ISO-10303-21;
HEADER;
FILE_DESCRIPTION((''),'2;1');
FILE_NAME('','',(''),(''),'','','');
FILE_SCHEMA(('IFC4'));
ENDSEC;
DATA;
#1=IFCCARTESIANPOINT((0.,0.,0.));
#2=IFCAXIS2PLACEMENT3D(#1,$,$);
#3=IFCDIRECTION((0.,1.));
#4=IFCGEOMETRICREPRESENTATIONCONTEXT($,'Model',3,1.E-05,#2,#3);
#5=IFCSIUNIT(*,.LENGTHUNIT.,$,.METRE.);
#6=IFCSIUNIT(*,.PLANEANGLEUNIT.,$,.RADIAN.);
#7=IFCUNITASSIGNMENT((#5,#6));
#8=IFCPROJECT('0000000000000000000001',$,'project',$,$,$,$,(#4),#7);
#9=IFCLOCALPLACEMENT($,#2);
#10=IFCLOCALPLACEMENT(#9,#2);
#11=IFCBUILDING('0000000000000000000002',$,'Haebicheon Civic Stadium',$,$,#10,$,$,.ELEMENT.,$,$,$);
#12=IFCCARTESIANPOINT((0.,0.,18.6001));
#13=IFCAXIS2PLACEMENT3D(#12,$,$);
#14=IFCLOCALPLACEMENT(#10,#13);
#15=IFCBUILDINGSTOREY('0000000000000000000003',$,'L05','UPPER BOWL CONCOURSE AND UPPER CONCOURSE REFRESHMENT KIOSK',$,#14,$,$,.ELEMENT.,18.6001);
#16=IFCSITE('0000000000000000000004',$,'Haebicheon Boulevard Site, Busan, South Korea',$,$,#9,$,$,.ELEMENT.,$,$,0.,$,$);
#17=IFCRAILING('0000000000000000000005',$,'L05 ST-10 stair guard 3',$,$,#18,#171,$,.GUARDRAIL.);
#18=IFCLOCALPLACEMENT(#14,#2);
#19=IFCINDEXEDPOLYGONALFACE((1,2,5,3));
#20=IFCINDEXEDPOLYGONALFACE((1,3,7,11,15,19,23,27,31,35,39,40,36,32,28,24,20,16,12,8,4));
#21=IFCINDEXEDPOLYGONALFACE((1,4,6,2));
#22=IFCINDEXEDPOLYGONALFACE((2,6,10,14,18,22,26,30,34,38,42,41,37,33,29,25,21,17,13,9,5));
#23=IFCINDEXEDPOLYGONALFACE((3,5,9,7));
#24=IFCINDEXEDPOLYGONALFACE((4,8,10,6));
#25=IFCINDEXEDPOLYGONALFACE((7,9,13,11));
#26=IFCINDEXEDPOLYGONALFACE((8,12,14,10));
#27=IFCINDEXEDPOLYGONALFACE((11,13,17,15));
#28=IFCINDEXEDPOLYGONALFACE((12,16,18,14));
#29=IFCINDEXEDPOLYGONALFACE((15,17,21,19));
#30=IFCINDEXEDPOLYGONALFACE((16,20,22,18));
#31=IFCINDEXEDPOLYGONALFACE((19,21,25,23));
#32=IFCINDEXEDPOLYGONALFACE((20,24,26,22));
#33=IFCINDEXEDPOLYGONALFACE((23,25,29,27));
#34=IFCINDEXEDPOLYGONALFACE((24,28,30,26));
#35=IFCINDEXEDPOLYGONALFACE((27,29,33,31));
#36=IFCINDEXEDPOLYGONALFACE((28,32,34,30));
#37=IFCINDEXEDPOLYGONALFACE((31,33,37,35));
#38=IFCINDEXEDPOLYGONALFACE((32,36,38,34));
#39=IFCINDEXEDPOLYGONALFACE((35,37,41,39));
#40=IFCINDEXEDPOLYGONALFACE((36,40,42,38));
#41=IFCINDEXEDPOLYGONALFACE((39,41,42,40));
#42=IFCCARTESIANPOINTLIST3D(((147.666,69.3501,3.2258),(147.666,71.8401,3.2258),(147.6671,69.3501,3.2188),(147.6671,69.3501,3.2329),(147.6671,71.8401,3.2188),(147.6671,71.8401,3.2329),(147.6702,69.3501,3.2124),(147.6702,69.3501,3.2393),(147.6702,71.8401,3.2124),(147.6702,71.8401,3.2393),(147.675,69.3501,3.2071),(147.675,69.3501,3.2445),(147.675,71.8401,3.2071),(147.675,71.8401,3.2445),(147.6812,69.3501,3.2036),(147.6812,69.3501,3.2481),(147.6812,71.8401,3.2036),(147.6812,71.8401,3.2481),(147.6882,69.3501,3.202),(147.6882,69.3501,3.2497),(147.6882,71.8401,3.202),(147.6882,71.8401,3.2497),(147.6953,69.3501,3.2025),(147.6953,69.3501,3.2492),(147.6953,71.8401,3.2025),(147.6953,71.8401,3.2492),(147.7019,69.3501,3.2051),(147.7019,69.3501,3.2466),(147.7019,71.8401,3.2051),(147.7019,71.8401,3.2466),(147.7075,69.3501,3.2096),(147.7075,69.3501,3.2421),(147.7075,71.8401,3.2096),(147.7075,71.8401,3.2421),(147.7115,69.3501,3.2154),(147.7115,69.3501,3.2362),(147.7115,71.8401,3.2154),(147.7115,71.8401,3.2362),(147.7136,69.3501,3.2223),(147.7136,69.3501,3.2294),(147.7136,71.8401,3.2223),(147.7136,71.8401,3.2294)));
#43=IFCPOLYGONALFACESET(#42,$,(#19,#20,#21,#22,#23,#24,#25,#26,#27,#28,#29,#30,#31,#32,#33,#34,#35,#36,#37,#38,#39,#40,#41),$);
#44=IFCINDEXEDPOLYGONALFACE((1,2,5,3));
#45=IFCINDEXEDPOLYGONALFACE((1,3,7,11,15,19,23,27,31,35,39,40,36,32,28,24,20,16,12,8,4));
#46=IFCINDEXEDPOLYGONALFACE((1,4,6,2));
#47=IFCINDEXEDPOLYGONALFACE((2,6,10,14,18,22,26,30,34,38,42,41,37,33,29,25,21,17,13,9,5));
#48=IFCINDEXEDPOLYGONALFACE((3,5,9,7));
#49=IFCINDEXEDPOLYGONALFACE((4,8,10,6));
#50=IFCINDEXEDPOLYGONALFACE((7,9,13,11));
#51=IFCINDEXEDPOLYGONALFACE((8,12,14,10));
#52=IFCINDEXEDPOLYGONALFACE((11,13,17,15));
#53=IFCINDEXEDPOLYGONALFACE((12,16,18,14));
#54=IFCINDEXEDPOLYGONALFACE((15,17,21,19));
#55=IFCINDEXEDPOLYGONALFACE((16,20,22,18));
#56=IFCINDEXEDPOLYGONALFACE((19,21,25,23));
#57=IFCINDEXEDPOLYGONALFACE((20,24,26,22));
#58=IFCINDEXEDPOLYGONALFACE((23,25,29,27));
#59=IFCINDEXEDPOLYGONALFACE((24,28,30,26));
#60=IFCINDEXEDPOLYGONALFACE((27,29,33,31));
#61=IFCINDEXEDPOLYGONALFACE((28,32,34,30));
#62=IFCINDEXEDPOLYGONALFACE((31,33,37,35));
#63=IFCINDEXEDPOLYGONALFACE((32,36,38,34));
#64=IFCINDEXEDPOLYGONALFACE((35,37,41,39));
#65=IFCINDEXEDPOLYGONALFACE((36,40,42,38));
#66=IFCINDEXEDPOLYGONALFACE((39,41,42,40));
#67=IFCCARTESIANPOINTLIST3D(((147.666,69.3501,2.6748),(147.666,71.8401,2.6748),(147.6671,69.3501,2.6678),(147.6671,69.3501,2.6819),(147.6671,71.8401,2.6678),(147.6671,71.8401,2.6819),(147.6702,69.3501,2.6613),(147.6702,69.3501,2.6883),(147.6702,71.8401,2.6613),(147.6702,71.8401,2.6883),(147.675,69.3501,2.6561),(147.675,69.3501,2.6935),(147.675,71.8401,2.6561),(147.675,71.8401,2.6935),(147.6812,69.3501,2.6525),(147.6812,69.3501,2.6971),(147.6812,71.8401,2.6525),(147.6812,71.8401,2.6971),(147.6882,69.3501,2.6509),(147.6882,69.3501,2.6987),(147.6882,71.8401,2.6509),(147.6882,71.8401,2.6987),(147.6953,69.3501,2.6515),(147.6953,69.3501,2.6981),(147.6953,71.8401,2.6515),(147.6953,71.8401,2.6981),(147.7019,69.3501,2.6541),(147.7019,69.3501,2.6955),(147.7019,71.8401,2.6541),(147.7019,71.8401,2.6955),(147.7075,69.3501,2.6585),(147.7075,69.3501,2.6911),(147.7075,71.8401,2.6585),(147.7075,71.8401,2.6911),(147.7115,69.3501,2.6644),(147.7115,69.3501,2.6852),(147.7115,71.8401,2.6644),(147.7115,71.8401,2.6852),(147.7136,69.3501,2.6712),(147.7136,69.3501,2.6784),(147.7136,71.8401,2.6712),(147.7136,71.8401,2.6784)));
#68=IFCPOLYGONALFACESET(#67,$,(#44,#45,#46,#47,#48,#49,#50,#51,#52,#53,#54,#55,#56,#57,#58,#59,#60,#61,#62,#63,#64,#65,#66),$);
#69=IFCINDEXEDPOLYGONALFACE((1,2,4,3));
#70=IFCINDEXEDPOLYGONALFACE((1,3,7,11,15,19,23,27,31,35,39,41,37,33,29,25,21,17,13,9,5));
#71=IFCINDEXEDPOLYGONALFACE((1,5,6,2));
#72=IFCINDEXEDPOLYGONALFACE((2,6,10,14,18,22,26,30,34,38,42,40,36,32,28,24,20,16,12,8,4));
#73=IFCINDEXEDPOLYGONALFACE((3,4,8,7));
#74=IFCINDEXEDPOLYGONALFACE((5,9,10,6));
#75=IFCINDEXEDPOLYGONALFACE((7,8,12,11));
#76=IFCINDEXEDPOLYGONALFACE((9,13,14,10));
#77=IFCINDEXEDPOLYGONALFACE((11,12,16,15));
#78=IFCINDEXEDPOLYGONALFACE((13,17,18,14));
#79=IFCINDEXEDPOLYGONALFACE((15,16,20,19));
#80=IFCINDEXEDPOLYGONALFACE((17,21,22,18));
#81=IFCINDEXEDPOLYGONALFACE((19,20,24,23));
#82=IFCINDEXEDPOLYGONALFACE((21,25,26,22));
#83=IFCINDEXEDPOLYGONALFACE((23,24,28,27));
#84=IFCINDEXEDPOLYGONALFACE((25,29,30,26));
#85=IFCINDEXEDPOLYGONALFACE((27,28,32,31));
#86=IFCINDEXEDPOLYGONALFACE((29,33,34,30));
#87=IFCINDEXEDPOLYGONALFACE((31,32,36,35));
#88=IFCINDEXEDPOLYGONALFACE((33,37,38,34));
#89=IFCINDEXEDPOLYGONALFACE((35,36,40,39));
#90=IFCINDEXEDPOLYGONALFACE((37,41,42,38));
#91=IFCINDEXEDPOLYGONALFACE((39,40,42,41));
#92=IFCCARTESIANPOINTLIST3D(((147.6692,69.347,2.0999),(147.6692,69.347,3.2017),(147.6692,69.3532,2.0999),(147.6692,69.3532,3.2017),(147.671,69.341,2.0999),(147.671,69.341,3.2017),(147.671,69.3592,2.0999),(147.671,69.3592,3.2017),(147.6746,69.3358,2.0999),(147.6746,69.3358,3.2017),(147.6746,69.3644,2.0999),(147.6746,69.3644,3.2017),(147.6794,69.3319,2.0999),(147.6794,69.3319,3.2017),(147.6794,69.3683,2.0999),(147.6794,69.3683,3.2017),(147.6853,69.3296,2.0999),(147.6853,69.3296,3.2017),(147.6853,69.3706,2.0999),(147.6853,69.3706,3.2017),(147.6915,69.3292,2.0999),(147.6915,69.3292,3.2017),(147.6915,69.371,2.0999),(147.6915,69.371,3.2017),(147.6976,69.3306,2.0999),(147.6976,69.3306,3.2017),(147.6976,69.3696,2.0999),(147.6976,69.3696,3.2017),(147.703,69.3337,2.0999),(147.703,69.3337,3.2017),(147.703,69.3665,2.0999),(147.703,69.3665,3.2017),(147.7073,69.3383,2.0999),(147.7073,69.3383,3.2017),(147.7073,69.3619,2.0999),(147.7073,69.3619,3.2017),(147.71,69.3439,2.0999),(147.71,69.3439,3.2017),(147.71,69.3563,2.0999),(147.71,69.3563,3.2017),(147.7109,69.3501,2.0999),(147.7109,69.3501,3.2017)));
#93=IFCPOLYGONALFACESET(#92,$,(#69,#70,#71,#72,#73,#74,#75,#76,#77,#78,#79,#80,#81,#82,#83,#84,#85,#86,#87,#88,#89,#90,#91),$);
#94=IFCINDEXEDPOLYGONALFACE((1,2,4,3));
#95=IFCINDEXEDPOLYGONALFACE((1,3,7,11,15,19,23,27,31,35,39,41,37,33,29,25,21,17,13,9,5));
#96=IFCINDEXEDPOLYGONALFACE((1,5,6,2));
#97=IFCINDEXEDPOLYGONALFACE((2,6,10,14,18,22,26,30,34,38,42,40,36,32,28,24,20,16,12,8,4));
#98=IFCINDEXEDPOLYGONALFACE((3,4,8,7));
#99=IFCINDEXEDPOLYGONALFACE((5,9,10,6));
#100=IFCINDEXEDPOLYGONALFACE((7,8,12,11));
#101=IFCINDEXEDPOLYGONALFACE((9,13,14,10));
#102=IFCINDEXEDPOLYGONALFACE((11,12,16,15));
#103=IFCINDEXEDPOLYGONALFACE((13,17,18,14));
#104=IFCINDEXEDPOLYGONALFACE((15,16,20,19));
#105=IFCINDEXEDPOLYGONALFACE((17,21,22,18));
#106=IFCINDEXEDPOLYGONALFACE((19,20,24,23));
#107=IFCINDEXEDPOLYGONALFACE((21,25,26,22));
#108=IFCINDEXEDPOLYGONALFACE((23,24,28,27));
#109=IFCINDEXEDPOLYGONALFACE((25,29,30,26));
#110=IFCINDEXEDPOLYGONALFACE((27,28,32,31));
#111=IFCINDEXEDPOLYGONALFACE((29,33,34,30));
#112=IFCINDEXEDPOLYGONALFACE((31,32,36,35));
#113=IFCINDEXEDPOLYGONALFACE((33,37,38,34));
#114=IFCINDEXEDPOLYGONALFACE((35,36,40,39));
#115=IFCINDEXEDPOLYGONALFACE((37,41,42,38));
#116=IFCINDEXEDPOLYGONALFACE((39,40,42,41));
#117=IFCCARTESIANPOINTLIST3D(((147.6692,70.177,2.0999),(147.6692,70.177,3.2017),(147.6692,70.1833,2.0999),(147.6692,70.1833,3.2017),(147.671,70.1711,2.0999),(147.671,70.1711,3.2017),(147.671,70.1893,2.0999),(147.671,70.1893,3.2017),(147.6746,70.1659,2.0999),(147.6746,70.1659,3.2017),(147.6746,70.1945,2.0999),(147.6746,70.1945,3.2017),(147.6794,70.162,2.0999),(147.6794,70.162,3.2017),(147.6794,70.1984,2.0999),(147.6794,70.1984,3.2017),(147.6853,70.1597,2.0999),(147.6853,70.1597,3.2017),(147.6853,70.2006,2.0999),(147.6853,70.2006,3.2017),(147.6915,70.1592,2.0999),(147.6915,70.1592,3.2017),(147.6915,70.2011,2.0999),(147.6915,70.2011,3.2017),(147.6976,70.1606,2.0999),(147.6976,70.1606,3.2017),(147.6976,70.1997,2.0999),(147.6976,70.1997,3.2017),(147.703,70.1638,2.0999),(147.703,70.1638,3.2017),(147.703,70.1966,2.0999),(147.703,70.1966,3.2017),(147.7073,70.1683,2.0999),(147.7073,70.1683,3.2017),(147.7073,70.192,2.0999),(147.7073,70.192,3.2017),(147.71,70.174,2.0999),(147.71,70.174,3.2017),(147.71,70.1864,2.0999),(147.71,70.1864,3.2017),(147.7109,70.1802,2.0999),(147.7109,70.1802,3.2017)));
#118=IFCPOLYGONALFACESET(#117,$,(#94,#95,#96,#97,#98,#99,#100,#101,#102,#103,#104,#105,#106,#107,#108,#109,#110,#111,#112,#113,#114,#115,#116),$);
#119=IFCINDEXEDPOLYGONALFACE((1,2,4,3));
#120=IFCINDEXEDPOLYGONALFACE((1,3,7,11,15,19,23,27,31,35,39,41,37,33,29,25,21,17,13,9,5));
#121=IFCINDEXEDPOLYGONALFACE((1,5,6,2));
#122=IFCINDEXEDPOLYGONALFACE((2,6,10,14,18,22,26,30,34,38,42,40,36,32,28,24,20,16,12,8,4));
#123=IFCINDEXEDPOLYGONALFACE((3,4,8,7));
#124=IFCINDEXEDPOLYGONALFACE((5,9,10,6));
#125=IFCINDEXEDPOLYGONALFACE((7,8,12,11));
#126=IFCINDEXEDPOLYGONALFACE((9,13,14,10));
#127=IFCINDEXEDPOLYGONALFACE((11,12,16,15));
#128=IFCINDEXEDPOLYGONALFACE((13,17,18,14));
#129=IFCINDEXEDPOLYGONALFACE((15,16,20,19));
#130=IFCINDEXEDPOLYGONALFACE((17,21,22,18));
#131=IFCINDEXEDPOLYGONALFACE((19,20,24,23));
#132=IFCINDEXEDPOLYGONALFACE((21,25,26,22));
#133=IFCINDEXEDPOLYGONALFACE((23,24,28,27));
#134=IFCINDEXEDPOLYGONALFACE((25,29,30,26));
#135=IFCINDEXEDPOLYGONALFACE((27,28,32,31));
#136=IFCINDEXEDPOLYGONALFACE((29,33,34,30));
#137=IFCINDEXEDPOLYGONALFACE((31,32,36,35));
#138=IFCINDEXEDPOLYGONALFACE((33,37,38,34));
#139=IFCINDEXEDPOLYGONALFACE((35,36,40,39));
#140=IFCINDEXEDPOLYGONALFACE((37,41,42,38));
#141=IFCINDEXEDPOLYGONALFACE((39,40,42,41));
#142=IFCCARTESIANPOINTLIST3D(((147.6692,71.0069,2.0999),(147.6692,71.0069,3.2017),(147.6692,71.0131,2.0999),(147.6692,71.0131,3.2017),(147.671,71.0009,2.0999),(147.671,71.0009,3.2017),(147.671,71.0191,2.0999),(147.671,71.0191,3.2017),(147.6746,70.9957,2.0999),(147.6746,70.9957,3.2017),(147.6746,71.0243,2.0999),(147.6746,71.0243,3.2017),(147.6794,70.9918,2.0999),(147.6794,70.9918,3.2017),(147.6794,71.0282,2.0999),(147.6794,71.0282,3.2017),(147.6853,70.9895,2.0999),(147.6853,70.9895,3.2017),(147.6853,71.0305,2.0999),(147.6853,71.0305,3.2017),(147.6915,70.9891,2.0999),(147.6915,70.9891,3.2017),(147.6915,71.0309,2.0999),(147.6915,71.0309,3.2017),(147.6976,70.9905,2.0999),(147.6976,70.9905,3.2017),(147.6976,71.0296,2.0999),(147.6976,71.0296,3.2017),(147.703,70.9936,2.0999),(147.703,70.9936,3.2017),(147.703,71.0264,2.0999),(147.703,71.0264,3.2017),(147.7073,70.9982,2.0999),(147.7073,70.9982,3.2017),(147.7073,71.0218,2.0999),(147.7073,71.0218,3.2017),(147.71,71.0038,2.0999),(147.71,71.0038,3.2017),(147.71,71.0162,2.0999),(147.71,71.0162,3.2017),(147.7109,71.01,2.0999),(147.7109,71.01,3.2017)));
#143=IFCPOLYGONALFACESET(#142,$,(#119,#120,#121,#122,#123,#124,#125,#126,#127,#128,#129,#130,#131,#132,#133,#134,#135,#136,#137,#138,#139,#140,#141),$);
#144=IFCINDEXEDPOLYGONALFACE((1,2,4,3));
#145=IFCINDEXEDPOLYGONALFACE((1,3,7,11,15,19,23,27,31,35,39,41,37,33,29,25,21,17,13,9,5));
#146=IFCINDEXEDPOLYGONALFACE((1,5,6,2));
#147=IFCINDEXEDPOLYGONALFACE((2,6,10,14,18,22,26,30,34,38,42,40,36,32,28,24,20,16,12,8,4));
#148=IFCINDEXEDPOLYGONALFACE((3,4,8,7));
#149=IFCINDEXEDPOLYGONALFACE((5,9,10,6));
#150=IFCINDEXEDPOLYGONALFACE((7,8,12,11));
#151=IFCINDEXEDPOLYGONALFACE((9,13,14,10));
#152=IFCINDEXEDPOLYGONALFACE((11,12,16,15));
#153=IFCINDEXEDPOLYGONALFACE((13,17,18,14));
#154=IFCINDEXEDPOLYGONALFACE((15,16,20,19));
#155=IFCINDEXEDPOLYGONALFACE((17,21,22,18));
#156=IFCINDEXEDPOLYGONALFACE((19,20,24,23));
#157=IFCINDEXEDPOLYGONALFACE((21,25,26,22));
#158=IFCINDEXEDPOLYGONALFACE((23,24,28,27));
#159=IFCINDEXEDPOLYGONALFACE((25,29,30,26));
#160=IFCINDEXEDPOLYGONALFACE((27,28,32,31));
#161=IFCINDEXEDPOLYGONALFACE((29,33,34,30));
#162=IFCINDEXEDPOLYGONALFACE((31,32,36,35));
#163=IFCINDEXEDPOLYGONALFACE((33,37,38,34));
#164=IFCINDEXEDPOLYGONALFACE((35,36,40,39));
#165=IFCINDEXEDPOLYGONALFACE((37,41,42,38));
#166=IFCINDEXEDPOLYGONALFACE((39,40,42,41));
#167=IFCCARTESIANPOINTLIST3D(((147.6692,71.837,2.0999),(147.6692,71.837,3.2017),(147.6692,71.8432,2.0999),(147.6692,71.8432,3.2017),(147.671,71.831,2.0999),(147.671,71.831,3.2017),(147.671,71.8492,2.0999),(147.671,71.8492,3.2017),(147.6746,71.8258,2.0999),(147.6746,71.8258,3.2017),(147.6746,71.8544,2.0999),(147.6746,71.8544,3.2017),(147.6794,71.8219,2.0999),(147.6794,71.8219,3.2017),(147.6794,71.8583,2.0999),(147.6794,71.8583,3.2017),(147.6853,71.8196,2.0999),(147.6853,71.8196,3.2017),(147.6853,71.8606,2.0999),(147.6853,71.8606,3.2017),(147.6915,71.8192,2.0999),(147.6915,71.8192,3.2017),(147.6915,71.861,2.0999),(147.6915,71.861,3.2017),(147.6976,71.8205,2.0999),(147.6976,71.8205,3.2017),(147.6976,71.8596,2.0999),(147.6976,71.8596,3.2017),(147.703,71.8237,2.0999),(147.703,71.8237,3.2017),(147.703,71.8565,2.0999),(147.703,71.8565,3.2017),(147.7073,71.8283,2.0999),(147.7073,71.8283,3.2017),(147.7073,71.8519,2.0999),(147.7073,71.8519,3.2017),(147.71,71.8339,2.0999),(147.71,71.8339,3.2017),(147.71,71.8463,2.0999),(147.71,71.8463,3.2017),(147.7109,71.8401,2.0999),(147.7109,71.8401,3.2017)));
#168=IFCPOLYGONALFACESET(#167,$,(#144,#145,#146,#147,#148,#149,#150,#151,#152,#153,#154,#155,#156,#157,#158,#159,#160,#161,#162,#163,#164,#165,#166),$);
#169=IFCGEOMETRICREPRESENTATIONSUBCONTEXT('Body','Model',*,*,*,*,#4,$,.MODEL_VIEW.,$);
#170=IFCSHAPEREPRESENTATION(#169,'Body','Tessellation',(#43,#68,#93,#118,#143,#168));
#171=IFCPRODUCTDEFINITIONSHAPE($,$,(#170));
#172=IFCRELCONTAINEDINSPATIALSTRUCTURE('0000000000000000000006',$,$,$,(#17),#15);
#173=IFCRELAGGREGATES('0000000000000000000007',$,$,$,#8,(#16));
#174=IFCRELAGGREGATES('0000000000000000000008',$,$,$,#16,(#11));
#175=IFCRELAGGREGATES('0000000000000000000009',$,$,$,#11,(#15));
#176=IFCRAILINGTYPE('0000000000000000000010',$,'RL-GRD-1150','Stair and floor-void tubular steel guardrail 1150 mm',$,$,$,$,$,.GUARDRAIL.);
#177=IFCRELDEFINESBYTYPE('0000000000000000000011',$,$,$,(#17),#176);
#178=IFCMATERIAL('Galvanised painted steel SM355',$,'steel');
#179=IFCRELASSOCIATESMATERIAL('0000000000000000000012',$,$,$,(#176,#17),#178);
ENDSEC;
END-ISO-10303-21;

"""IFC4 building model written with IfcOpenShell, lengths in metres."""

from ifc_helpers import new_model, si_unit, direction, frame, origin, origin_2d, place, context, subcontext, project, spatial, circle, extrude, material, type_object, element, save


model = new_model("IFC4")

# Units and contexts
model_context = context("Model", 3, precision=1e-05, world=origin(), true_north=direction((0.0, 1.0)))
body_context = subcontext(model_context, "Body", "Model", "MODEL_VIEW")
ifc_project = project(units=[si_unit("LENGTHUNIT", "METRE"), si_unit("PLANEANGLEUNIT", "RADIAN")], contexts=[model_context])

# Site, building, storey
site_placement = place(None, origin())
site = spatial("IfcSite", under=ifc_project, at=site_placement, Name="Haebicheon Boulevard Site, Busan, South Korea", CompositionType="ELEMENT", RefElevation=0.0)
building_placement = place(site_placement, origin())
building = spatial("IfcBuilding", under=site, at=building_placement, Name="Haebicheon Civic Stadium", CompositionType="ELEMENT")
storey_placement = place(building_placement, frame((0.0, 0.0, 18.6001)))
storey = spatial("IfcBuildingStorey", under=building, at=storey_placement, Name="L05", Description="UPPER BOWL CONCOURSE AND UPPER CONCOURSE REFRESHMENT KIOSK", CompositionType="ELEMENT", Elevation=18.6001)

# Railing
ifc_material_1 = material(Name="Galvanised painted steel SM355", Category="steel")
railing_type_1 = type_object("IfcRailingType", Name="RL-GRD-1150", Description="Stair and floor-void tubular steel guardrail 1150 mm", PredefinedType="GUARDRAIL", material=ifc_material_1)
for number, where, name in (
    (1, (147.6899, 69.3501, 2.0999), "L05 ST-10 stair guard 3"),
):
    element("IfcRailing", number, at=place(storey_placement, frame(where)), inside=storey, type_object=railing_type_1, material=ifc_material_1, Name=name, PredefinedType="GUARDRAIL", context=body_context, shape_type="SweptSolid", body=[
        extrude(circle(Radius=0.0239, at=origin_2d()), frame((0.0, 0.0, 1.126), z_axis=(0.0, 1.0, 0.0), x_axis=(-1.0, 0.0, 0.0)), (0.0, 0.0, 1.0), 2.49),
        extrude(circle(Radius=0.0239, at=origin_2d()), frame((0.0, 0.0, 0.575), z_axis=(0.0, 1.0, 0.0), x_axis=(-1.0, 0.0, 0.0)), (0.0, 0.0, 1.0), 2.49),
        extrude(circle(Radius=0.021, at=origin_2d()), origin(), (0.0, 0.0, 1.0), 1.1018),
        extrude(circle(Radius=0.021, at=origin_2d()), frame((0.0, 0.8301, 0.0)), (0.0, 0.0, 1.0), 1.1018),
        extrude(circle(Radius=0.021, at=origin_2d()), frame((0.0, 1.6599, 0.0)), (0.0, 0.0, 1.0), 1.1018),
        extrude(circle(Radius=0.021, at=origin_2d()), frame((0.0, 2.49, 0.0)), (0.0, 0.0, 1.0), 1.1018),
    ])

save(model, "model.ifc")
